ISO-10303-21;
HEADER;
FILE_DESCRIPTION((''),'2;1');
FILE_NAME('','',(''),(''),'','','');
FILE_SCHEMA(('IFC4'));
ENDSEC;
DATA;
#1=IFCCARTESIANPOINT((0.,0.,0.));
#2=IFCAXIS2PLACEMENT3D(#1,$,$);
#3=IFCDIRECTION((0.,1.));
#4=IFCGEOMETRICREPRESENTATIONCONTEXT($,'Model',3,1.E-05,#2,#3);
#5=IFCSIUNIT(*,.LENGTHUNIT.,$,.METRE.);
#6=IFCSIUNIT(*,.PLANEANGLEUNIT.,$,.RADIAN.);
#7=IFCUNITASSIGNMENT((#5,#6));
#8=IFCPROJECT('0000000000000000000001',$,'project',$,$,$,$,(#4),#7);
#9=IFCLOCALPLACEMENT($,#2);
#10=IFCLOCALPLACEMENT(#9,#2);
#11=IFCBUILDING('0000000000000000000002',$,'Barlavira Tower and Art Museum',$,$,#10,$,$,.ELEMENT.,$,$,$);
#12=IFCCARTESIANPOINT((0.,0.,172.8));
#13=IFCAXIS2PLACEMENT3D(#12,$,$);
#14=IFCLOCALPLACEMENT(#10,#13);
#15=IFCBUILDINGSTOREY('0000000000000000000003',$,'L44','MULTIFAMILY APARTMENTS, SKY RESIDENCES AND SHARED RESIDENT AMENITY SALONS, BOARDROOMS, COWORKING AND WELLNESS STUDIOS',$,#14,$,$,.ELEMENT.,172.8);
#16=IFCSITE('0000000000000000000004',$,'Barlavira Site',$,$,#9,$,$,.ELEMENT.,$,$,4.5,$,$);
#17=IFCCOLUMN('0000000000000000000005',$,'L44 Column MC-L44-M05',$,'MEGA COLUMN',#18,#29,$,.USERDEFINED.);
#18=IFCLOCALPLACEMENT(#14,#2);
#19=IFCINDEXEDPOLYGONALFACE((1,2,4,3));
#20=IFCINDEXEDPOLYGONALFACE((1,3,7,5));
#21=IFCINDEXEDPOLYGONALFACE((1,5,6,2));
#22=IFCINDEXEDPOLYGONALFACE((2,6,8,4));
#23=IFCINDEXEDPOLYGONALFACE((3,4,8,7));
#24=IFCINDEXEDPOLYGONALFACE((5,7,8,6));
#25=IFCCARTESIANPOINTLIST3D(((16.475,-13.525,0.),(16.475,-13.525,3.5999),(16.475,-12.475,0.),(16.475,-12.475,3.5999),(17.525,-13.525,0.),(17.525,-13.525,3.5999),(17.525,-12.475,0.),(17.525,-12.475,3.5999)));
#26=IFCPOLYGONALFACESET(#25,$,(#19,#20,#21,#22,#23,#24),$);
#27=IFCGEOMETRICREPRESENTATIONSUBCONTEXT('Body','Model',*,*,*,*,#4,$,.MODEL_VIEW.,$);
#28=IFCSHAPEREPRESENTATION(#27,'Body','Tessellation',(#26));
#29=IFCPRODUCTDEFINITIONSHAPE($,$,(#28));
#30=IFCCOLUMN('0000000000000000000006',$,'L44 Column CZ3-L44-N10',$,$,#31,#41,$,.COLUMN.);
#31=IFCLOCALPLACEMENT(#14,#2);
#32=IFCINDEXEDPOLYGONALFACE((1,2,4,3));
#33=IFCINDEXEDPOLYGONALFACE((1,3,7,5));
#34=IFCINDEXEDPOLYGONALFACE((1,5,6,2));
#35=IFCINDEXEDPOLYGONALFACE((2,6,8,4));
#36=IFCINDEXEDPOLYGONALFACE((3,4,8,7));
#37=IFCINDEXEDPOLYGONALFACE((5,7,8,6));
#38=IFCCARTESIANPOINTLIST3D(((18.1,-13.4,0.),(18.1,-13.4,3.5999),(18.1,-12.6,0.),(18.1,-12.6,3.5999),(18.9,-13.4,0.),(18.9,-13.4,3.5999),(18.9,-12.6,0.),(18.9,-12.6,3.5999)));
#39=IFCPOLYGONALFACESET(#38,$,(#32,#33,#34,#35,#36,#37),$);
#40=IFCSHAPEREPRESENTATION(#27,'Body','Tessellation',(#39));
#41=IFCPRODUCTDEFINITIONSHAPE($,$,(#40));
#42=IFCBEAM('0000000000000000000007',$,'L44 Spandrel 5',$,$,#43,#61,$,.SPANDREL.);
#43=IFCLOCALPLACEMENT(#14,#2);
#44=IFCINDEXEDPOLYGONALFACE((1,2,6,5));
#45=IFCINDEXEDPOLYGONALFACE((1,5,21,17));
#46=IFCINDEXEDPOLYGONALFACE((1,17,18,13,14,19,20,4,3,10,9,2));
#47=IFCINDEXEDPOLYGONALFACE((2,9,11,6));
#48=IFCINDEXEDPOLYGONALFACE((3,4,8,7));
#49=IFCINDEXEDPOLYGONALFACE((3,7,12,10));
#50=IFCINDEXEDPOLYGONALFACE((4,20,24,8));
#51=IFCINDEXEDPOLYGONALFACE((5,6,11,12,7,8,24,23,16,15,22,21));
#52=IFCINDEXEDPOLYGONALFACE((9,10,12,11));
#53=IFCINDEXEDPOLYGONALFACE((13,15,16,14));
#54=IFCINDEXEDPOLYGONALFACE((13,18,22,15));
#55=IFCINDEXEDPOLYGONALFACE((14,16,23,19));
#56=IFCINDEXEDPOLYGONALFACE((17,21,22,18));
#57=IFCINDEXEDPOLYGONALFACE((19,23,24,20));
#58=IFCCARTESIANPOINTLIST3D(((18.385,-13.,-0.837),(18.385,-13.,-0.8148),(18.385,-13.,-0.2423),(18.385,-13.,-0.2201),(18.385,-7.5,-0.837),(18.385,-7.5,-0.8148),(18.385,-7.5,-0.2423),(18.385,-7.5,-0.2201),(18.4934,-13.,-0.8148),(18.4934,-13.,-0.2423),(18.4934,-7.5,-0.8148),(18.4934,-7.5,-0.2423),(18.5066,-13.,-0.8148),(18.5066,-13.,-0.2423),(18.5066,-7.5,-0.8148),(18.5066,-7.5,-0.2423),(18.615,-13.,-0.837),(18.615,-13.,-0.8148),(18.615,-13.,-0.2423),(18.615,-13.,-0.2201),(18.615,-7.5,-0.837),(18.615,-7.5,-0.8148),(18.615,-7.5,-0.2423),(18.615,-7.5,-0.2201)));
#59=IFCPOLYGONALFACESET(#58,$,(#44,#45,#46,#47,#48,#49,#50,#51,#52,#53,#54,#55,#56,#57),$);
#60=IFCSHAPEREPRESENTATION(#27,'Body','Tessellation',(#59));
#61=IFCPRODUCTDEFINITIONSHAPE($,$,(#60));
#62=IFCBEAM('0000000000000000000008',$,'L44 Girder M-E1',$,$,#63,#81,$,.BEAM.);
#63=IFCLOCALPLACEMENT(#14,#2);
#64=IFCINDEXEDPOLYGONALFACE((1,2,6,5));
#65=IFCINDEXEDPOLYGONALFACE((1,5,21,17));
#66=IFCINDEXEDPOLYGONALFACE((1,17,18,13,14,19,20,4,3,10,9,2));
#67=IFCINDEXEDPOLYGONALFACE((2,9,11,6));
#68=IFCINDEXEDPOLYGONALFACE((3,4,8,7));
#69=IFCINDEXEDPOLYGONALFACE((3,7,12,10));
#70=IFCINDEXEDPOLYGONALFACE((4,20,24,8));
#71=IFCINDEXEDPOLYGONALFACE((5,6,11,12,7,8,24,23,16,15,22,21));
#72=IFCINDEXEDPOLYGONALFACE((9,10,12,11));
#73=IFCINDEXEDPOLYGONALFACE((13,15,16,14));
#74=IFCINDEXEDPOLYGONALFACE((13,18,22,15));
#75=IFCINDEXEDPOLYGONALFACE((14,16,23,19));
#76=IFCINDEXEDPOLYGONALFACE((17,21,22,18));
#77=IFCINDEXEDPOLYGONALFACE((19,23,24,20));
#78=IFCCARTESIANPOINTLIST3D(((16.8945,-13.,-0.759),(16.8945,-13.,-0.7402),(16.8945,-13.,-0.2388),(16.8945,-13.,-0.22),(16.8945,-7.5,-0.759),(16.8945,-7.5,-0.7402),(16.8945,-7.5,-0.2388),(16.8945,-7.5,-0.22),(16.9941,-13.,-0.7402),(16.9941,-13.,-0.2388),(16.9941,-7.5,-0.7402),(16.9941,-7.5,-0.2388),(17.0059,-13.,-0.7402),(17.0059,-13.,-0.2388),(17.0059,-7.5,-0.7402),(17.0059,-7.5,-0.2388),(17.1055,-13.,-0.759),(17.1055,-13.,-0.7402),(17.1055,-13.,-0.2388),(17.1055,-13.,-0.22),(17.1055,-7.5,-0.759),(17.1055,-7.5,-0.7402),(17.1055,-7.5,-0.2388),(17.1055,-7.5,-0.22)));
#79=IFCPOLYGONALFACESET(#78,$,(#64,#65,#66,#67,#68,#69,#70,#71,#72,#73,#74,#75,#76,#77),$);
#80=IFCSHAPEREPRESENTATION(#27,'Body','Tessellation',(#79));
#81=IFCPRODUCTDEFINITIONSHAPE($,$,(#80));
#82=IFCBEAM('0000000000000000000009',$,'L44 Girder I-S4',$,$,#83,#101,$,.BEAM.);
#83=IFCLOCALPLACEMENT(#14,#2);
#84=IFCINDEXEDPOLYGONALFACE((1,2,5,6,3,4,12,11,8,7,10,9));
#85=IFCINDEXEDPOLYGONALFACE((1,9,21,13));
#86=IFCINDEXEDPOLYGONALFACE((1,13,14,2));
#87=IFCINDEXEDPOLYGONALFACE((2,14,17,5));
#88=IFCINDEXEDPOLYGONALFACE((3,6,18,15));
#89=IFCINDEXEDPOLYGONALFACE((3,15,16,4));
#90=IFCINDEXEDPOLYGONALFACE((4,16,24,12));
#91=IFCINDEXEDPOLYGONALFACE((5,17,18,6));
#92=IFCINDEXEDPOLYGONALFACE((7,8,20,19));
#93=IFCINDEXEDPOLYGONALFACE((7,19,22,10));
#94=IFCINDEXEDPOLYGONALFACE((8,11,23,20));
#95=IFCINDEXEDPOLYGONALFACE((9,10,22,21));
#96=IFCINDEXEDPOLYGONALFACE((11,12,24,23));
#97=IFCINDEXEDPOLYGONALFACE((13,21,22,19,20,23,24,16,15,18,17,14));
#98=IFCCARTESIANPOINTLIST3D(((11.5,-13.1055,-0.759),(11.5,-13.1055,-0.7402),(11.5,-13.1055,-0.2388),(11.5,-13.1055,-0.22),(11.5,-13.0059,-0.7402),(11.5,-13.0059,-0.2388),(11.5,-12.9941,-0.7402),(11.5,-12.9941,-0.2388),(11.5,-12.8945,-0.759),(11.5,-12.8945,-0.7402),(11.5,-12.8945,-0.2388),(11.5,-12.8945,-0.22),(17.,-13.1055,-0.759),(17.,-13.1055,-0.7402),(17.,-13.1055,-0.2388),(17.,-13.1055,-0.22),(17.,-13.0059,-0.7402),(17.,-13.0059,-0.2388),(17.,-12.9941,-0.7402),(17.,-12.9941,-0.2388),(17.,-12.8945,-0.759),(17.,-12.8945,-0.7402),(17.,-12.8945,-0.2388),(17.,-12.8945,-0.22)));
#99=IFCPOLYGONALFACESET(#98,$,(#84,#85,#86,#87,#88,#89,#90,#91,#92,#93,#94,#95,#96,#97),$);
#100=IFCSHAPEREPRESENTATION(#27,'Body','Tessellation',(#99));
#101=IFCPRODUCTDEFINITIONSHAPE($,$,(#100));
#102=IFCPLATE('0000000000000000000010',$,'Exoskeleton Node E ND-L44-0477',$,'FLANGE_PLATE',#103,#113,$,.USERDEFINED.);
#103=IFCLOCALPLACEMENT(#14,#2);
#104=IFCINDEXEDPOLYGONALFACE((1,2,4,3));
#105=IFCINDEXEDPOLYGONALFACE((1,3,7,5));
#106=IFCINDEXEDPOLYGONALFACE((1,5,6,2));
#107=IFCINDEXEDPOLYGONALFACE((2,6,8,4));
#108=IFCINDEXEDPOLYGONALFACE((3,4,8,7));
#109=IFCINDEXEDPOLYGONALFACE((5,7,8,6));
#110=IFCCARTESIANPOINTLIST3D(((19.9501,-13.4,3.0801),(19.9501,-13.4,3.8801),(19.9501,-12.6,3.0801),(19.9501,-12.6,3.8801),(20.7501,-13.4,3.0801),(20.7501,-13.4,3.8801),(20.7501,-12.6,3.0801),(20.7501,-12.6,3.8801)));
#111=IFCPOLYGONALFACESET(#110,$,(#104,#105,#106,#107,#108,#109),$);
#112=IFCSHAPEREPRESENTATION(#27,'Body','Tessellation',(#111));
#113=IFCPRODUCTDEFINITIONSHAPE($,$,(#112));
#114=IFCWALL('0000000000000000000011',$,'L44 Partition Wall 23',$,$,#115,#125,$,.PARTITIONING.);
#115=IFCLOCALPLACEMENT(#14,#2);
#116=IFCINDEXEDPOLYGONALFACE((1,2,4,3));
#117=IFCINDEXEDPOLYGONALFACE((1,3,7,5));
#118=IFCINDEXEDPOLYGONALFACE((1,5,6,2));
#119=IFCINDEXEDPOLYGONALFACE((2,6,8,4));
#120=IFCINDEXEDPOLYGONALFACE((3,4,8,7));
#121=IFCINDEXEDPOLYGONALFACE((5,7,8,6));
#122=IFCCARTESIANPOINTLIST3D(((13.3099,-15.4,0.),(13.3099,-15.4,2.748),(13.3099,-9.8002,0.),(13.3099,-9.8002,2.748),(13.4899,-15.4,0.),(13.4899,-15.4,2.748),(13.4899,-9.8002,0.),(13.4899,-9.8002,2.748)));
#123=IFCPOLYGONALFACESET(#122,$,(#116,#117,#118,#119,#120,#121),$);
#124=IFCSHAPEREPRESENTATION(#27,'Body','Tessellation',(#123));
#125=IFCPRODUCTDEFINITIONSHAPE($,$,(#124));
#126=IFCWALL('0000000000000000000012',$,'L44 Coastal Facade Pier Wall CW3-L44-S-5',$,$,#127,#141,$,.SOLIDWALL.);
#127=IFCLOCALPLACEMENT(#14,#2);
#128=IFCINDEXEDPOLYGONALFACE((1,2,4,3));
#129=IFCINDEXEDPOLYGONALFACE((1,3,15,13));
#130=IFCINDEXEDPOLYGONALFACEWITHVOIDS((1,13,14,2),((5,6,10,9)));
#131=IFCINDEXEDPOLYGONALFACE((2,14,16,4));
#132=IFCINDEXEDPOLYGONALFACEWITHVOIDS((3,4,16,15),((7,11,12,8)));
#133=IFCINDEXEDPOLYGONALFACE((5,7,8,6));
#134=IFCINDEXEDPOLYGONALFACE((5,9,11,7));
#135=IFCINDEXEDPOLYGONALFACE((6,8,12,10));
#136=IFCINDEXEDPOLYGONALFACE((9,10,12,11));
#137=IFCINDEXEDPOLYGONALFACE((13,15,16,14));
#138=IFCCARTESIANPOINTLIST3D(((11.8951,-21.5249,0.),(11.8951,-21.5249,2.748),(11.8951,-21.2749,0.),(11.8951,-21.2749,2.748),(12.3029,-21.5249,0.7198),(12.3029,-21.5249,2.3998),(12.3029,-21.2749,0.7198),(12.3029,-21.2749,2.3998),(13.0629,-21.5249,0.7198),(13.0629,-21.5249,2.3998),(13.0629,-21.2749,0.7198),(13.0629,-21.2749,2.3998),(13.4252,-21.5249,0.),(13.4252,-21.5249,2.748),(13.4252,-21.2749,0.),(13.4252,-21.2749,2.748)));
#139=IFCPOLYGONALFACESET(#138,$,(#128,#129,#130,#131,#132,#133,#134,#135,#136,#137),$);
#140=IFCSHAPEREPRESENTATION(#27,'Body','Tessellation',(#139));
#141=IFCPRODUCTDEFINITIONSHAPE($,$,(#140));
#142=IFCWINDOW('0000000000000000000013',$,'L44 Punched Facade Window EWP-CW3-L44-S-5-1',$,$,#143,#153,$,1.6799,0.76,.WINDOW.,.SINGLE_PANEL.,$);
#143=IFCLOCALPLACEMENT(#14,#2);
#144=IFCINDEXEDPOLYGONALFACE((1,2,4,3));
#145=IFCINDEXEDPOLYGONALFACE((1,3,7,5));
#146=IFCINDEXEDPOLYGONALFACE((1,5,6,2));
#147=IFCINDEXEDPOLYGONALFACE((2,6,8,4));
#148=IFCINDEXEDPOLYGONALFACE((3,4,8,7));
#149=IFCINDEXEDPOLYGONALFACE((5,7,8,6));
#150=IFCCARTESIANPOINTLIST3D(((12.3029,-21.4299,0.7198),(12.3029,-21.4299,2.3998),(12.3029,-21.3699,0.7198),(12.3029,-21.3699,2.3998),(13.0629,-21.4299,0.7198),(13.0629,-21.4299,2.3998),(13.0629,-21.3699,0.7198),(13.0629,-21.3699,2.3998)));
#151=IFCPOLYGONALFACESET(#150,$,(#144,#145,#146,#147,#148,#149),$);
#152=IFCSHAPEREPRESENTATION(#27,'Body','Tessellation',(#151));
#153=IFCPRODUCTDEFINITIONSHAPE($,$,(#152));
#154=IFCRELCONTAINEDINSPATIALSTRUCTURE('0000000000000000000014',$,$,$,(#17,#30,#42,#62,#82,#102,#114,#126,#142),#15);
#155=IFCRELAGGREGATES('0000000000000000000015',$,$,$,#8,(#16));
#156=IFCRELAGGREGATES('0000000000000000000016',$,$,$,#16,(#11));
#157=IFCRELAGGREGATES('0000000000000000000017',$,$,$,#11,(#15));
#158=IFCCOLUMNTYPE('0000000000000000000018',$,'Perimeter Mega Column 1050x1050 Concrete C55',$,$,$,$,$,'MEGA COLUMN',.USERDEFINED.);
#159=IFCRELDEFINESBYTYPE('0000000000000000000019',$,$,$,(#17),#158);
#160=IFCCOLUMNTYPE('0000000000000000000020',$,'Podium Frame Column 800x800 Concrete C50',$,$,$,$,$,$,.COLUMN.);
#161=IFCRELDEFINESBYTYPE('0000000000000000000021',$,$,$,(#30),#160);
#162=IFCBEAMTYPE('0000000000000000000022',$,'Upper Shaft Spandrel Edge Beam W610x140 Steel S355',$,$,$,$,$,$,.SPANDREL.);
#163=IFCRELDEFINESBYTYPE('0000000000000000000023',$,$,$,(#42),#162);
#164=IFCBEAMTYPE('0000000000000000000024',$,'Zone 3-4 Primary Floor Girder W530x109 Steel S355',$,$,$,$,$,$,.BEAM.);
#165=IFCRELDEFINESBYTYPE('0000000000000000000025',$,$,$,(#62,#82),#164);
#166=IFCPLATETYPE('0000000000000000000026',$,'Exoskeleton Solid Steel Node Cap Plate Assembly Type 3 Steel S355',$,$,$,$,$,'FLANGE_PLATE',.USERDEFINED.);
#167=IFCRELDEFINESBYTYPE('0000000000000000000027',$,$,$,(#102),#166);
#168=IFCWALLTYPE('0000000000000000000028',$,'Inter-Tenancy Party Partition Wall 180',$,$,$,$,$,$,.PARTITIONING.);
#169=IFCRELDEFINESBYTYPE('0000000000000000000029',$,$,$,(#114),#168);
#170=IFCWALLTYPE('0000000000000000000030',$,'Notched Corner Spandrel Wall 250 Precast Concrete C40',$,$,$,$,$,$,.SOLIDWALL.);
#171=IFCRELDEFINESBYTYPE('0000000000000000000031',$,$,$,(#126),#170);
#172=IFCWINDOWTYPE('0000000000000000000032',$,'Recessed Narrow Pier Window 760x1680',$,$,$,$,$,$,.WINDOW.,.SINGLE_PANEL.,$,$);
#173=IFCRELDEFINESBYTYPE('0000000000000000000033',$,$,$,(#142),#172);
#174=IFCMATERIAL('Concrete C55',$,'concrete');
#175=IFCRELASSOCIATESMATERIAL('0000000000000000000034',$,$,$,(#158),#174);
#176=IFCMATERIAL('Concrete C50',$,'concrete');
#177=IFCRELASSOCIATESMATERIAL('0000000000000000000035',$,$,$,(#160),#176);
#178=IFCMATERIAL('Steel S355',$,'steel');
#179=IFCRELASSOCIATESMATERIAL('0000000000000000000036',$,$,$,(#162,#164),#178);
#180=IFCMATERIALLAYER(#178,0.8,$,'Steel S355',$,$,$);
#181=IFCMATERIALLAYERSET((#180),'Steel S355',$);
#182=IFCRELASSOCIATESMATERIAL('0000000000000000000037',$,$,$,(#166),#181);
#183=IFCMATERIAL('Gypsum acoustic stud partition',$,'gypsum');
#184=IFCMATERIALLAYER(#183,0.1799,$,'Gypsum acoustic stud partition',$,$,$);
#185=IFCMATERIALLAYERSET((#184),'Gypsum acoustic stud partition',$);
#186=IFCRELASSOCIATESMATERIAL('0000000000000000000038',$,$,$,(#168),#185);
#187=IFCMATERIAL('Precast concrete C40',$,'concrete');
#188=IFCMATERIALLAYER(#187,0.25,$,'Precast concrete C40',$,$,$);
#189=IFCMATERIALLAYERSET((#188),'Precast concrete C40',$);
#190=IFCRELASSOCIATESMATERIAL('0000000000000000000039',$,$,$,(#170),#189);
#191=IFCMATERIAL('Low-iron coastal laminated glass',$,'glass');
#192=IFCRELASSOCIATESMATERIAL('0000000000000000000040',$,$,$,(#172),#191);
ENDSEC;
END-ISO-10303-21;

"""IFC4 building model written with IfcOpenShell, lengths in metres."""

from ifc_helpers import new_model, si_unit, direction, frame, frame_2d, origin, origin_2d, place, context, subcontext, project, spatial, rectangle, i_section, extrude, material, layer, layer_set, material_profile, profile_set, type_object, element, fill, save


model = new_model("IFC4")

# Units and contexts
model_context = context("Model", 3, precision=1e-05, world=origin(), true_north=direction((0.0, 1.0)))
body_context = subcontext(model_context, "Body", "Model", "MODEL_VIEW")
ifc_project = project(units=[si_unit("LENGTHUNIT", "METRE"), si_unit("PLANEANGLEUNIT", "RADIAN")], contexts=[model_context])

# Site, building, storey
site_placement = place(None, origin())
site = spatial("IfcSite", under=ifc_project, at=site_placement, Name="Barlavira Site", CompositionType="ELEMENT", RefElevation=4.5)
building_placement = place(site_placement, origin())
building = spatial("IfcBuilding", under=site, at=building_placement, Name="Barlavira Tower and Art Museum", CompositionType="ELEMENT")
storey_placement = place(building_placement, frame((0.0, 0.0, 172.8)))
storey = spatial("IfcBuildingStorey", under=building, at=storey_placement, Name="L44", Description="MULTIFAMILY APARTMENTS, SKY RESIDENCES AND SHARED RESIDENT AMENITY SALONS, BOARDROOMS, COWORKING AND WELLNESS STUDIOS", CompositionType="ELEMENT", Elevation=172.8)

# Columns
ifc_material_1 = material(Name="Concrete C55", Category="concrete")
ifc_material_profile_1 = material_profile(ifc_material_1, rectangle(XDim=1.05, YDim=1.05, at=origin_2d()), Name="RC-COL 1050x1050")
ifc_profile_set_1 = profile_set([ifc_material_profile_1], Name="Concrete C55")
column_type_1 = type_object("IfcColumnType", Name="Perimeter Mega Column 1050x1050 Concrete C55", ElementType="MEGA COLUMN", PredefinedType="USERDEFINED", material=ifc_profile_set_1)
column_1_placement = place(storey_placement, frame((17.0, -13.0, 0.0), z_axis=(0.0, 0.0, 1.0), x_axis=(1.0, 0.0, 0.0)))
element("IfcColumn", 1, at=column_1_placement, inside=storey, type_object=column_type_1, Name="L44 Column MC-L44-M05", ObjectType="MEGA COLUMN", PredefinedType="USERDEFINED", context=body_context, shape_type="SweptSolid", body=[
    extrude(rectangle(XDim=1.05, YDim=1.05, at=origin_2d()), origin(), (0.0, 0.0, 1.0), 3.5999),
])
ifc_material_2 = material(Name="Concrete C50", Category="concrete")
ifc_material_profile_2 = material_profile(ifc_material_2, rectangle(XDim=0.8, YDim=0.8, at=origin_2d()), Name="RC-COL 800x800")
ifc_profile_set_2 = profile_set([ifc_material_profile_2], Name="Concrete C50")
column_type_2 = type_object("IfcColumnType", Name="Podium Frame Column 800x800 Concrete C50", PredefinedType="COLUMN", material=ifc_profile_set_2)
column_2_placement = place(storey_placement, frame((18.5, -13.0, 0.0), z_axis=(0.0, 0.0, 1.0), x_axis=(1.0, 0.0, 0.0)))
element("IfcColumn", 2, at=column_2_placement, inside=storey, type_object=column_type_2, Name="L44 Column CZ3-L44-N10", PredefinedType="COLUMN", context=body_context, shape_type="SweptSolid", body=[
    extrude(rectangle(XDim=0.8, YDim=0.8, at=origin_2d()), origin(), (0.0, 0.0, 1.0), 3.5999),
])

# Beams
ifc_material_3 = material(Name="Steel S355", Category="steel")
ifc_material_profile_3 = material_profile(ifc_material_3, i_section(OverallWidth=0.23, OverallDepth=0.6169, WebThickness=0.0132, FlangeThickness=0.0222, at=origin_2d()), Name="W610x140.0")
ifc_profile_set_3 = profile_set([ifc_material_profile_3], Name="Steel S355")
beam_type_1 = type_object("IfcBeamType", Name="Upper Shaft Spandrel Edge Beam W610x140 Steel S355", PredefinedType="SPANDREL", material=ifc_profile_set_3)
beam_placement = place(storey_placement, frame((18.5, -13.0, -0.5286), z_axis=(0.0, 1.0, 0.0), x_axis=(-1.0, 0.0, 0.0)))
element("IfcBeam", 3, at=beam_placement, inside=storey, type_object=beam_type_1, Name="L44 Spandrel 5", PredefinedType="SPANDREL", context=body_context, shape_type="SweptSolid", body=[
    extrude(i_section(OverallWidth=0.23, OverallDepth=0.6169, WebThickness=0.0132, FlangeThickness=0.0222, at=origin_2d()), origin(), (0.0, 0.0, 1.0), 5.5),
])
ifc_material_profile_4 = material_profile(ifc_material_3, i_section(OverallWidth=0.2109, OverallDepth=0.5391, WebThickness=0.0117, FlangeThickness=0.0188, at=origin_2d()), Name="W530x109.0")
ifc_profile_set_4 = profile_set([ifc_material_profile_4], Name="Steel S355")
beam_type_2 = type_object("IfcBeamType", Name="Zone 3-4 Primary Floor Girder W530x109 Steel S355", PredefinedType="BEAM", material=ifc_profile_set_4)
for number, where, z_axis, x_axis, name in (
    (4, (17.0, -13.0, -0.4895), (0.0, 1.0, 0.0), (-1.0, 0.0, 0.0), "L44 Girder M-E1"),
    (5, (11.5, -13.0, -0.4895), (1.0, 0.0, 0.0), (0.0, 1.0, 0.0), "L44 Girder I-S4"),
):
    element("IfcBeam", number, at=place(storey_placement, frame(where, z_axis=z_axis, x_axis=x_axis)), inside=storey, type_object=beam_type_2, Name=name, PredefinedType="BEAM", context=body_context, shape_type="SweptSolid", body=[
        extrude(i_section(OverallWidth=0.2109, OverallDepth=0.5391, WebThickness=0.0117, FlangeThickness=0.0188, at=origin_2d()), origin(), (0.0, 0.0, 1.0), 5.5),
    ])

# Plate
ifc_layer_1 = layer(ifc_material_3, 0.8, Name="Steel S355")
ifc_layer_set_1 = layer_set([ifc_layer_1], Name="Steel S355")
plate_type = type_object("IfcPlateType", Name="Exoskeleton Solid Steel Node Cap Plate Assembly Type 3 Steel S355", ElementType="FLANGE_PLATE", PredefinedType="USERDEFINED", material=ifc_layer_set_1)
plate_placement = place(storey_placement, frame((20.3501, -13.0, 3.0801), z_axis=(0.0, 0.0, 1.0), x_axis=(1.0, 0.0, 0.0)))
element("IfcPlate", 6, at=plate_placement, inside=storey, type_object=plate_type, Name="Exoskeleton Node E ND-L44-0477", ObjectType="FLANGE_PLATE", PredefinedType="USERDEFINED", context=body_context, shape_type="SweptSolid", body=[
    extrude(rectangle(XDim=0.8, YDim=0.8, at=origin_2d()), origin(), (0.0, 0.0, 1.0), 0.8),
])

# Wall
ifc_material_4 = material(Name="Gypsum acoustic stud partition", Category="gypsum")
ifc_layer_2 = layer(ifc_material_4, 0.1799, Name="Gypsum acoustic stud partition")
ifc_layer_set_2 = layer_set([ifc_layer_2], Name="Gypsum acoustic stud partition")
wall_type_1 = type_object("IfcWallType", Name="Inter-Tenancy Party Partition Wall 180", PredefinedType="PARTITIONING", material=ifc_layer_set_2)
wall_1_placement = place(storey_placement, frame((13.3999, -15.3999, 0.0), z_axis=(0.0, 0.0, 1.0), x_axis=(0.0, 1.0, 0.0)))
element("IfcWall", 7, at=wall_1_placement, inside=storey, type_object=wall_type_1, Name="L44 Partition Wall 23", PredefinedType="PARTITIONING", context=body_context, shape_type="SweptSolid", body=[
    extrude(rectangle(XDim=5.5999, YDim=0.1799, at=frame_2d((2.7998, 0.0))), origin(), (0.0, 0.0, 1.0), 2.748),
])

# Wall, opening, window
ifc_material_5 = material(Name="Precast concrete C40", Category="concrete")
ifc_layer_3 = layer(ifc_material_5, 0.25, Name="Precast concrete C40")
ifc_layer_set_3 = layer_set([ifc_layer_3], Name="Precast concrete C40")
wall_type_2 = type_object("IfcWallType", Name="Notched Corner Spandrel Wall 250 Precast Concrete C40", PredefinedType="SOLIDWALL", material=ifc_layer_set_3)
wall_2_placement = place(storey_placement, frame((11.895, -21.3999, 0.0), z_axis=(0.0, 0.0, 1.0), x_axis=(1.0, 0.0, 0.0)))
wall_2 = element("IfcWall", 8, at=wall_2_placement, inside=storey, type_object=wall_type_2, Name="L44 Coastal Facade Pier Wall CW3-L44-S-5", PredefinedType="SOLIDWALL", context=body_context, shape_type="SweptSolid", body=[
    extrude(rectangle(XDim=1.53, YDim=0.25, at=frame_2d((0.7651, 0.0))), origin(), (0.0, 0.0, 1.0), 2.748),
])
opening_1_placement = place(wall_2_placement, frame((0.408, 0.0, 0.72)))
opening_1 = element("IfcOpeningElement", 9, at=opening_1_placement, cuts=wall_2, PredefinedType="OPENING", context=body_context, shape_type="SweptSolid", body=[
    extrude(rectangle(XDim=0.76, YDim=1.6799, at=frame_2d((0.3799, 0.8398))), frame((0.0, 0.135, 0.0), z_axis=(0.0, -1.0, 0.0), x_axis=(1.0, 0.0, 0.0)), (0.0, 0.0, 1.0), 0.27),
])
ifc_material_6 = material(Name="Low-iron coastal laminated glass", Category="glass")
window_type_1 = type_object("IfcWindowType", Name="Recessed Narrow Pier Window 760x1680", PartitioningType="SINGLE_PANEL", PredefinedType="WINDOW", material=ifc_material_6)
window_1_placement = place(opening_1_placement, origin())
window_1 = element("IfcWindow", 10, at=window_1_placement, inside=storey, type_object=window_type_1, Name="L44 Punched Facade Window EWP-CW3-L44-S-5-1", OverallHeight=1.6799, OverallWidth=0.76, PartitioningType="SINGLE_PANEL", PredefinedType="WINDOW", context=body_context, shape_type="SweptSolid", body=[
    extrude(rectangle(XDim=0.76, YDim=1.6799, at=frame_2d((0.3799, 0.8398))), frame((0.0, 0.03, 0.0), z_axis=(0.0, -1.0, 0.0), x_axis=(1.0, 0.0, 0.0)), (0.0, 0.0, 1.0), 0.0601),
])
fill(opening_1, window_1)

save(model, "model.ifc")
